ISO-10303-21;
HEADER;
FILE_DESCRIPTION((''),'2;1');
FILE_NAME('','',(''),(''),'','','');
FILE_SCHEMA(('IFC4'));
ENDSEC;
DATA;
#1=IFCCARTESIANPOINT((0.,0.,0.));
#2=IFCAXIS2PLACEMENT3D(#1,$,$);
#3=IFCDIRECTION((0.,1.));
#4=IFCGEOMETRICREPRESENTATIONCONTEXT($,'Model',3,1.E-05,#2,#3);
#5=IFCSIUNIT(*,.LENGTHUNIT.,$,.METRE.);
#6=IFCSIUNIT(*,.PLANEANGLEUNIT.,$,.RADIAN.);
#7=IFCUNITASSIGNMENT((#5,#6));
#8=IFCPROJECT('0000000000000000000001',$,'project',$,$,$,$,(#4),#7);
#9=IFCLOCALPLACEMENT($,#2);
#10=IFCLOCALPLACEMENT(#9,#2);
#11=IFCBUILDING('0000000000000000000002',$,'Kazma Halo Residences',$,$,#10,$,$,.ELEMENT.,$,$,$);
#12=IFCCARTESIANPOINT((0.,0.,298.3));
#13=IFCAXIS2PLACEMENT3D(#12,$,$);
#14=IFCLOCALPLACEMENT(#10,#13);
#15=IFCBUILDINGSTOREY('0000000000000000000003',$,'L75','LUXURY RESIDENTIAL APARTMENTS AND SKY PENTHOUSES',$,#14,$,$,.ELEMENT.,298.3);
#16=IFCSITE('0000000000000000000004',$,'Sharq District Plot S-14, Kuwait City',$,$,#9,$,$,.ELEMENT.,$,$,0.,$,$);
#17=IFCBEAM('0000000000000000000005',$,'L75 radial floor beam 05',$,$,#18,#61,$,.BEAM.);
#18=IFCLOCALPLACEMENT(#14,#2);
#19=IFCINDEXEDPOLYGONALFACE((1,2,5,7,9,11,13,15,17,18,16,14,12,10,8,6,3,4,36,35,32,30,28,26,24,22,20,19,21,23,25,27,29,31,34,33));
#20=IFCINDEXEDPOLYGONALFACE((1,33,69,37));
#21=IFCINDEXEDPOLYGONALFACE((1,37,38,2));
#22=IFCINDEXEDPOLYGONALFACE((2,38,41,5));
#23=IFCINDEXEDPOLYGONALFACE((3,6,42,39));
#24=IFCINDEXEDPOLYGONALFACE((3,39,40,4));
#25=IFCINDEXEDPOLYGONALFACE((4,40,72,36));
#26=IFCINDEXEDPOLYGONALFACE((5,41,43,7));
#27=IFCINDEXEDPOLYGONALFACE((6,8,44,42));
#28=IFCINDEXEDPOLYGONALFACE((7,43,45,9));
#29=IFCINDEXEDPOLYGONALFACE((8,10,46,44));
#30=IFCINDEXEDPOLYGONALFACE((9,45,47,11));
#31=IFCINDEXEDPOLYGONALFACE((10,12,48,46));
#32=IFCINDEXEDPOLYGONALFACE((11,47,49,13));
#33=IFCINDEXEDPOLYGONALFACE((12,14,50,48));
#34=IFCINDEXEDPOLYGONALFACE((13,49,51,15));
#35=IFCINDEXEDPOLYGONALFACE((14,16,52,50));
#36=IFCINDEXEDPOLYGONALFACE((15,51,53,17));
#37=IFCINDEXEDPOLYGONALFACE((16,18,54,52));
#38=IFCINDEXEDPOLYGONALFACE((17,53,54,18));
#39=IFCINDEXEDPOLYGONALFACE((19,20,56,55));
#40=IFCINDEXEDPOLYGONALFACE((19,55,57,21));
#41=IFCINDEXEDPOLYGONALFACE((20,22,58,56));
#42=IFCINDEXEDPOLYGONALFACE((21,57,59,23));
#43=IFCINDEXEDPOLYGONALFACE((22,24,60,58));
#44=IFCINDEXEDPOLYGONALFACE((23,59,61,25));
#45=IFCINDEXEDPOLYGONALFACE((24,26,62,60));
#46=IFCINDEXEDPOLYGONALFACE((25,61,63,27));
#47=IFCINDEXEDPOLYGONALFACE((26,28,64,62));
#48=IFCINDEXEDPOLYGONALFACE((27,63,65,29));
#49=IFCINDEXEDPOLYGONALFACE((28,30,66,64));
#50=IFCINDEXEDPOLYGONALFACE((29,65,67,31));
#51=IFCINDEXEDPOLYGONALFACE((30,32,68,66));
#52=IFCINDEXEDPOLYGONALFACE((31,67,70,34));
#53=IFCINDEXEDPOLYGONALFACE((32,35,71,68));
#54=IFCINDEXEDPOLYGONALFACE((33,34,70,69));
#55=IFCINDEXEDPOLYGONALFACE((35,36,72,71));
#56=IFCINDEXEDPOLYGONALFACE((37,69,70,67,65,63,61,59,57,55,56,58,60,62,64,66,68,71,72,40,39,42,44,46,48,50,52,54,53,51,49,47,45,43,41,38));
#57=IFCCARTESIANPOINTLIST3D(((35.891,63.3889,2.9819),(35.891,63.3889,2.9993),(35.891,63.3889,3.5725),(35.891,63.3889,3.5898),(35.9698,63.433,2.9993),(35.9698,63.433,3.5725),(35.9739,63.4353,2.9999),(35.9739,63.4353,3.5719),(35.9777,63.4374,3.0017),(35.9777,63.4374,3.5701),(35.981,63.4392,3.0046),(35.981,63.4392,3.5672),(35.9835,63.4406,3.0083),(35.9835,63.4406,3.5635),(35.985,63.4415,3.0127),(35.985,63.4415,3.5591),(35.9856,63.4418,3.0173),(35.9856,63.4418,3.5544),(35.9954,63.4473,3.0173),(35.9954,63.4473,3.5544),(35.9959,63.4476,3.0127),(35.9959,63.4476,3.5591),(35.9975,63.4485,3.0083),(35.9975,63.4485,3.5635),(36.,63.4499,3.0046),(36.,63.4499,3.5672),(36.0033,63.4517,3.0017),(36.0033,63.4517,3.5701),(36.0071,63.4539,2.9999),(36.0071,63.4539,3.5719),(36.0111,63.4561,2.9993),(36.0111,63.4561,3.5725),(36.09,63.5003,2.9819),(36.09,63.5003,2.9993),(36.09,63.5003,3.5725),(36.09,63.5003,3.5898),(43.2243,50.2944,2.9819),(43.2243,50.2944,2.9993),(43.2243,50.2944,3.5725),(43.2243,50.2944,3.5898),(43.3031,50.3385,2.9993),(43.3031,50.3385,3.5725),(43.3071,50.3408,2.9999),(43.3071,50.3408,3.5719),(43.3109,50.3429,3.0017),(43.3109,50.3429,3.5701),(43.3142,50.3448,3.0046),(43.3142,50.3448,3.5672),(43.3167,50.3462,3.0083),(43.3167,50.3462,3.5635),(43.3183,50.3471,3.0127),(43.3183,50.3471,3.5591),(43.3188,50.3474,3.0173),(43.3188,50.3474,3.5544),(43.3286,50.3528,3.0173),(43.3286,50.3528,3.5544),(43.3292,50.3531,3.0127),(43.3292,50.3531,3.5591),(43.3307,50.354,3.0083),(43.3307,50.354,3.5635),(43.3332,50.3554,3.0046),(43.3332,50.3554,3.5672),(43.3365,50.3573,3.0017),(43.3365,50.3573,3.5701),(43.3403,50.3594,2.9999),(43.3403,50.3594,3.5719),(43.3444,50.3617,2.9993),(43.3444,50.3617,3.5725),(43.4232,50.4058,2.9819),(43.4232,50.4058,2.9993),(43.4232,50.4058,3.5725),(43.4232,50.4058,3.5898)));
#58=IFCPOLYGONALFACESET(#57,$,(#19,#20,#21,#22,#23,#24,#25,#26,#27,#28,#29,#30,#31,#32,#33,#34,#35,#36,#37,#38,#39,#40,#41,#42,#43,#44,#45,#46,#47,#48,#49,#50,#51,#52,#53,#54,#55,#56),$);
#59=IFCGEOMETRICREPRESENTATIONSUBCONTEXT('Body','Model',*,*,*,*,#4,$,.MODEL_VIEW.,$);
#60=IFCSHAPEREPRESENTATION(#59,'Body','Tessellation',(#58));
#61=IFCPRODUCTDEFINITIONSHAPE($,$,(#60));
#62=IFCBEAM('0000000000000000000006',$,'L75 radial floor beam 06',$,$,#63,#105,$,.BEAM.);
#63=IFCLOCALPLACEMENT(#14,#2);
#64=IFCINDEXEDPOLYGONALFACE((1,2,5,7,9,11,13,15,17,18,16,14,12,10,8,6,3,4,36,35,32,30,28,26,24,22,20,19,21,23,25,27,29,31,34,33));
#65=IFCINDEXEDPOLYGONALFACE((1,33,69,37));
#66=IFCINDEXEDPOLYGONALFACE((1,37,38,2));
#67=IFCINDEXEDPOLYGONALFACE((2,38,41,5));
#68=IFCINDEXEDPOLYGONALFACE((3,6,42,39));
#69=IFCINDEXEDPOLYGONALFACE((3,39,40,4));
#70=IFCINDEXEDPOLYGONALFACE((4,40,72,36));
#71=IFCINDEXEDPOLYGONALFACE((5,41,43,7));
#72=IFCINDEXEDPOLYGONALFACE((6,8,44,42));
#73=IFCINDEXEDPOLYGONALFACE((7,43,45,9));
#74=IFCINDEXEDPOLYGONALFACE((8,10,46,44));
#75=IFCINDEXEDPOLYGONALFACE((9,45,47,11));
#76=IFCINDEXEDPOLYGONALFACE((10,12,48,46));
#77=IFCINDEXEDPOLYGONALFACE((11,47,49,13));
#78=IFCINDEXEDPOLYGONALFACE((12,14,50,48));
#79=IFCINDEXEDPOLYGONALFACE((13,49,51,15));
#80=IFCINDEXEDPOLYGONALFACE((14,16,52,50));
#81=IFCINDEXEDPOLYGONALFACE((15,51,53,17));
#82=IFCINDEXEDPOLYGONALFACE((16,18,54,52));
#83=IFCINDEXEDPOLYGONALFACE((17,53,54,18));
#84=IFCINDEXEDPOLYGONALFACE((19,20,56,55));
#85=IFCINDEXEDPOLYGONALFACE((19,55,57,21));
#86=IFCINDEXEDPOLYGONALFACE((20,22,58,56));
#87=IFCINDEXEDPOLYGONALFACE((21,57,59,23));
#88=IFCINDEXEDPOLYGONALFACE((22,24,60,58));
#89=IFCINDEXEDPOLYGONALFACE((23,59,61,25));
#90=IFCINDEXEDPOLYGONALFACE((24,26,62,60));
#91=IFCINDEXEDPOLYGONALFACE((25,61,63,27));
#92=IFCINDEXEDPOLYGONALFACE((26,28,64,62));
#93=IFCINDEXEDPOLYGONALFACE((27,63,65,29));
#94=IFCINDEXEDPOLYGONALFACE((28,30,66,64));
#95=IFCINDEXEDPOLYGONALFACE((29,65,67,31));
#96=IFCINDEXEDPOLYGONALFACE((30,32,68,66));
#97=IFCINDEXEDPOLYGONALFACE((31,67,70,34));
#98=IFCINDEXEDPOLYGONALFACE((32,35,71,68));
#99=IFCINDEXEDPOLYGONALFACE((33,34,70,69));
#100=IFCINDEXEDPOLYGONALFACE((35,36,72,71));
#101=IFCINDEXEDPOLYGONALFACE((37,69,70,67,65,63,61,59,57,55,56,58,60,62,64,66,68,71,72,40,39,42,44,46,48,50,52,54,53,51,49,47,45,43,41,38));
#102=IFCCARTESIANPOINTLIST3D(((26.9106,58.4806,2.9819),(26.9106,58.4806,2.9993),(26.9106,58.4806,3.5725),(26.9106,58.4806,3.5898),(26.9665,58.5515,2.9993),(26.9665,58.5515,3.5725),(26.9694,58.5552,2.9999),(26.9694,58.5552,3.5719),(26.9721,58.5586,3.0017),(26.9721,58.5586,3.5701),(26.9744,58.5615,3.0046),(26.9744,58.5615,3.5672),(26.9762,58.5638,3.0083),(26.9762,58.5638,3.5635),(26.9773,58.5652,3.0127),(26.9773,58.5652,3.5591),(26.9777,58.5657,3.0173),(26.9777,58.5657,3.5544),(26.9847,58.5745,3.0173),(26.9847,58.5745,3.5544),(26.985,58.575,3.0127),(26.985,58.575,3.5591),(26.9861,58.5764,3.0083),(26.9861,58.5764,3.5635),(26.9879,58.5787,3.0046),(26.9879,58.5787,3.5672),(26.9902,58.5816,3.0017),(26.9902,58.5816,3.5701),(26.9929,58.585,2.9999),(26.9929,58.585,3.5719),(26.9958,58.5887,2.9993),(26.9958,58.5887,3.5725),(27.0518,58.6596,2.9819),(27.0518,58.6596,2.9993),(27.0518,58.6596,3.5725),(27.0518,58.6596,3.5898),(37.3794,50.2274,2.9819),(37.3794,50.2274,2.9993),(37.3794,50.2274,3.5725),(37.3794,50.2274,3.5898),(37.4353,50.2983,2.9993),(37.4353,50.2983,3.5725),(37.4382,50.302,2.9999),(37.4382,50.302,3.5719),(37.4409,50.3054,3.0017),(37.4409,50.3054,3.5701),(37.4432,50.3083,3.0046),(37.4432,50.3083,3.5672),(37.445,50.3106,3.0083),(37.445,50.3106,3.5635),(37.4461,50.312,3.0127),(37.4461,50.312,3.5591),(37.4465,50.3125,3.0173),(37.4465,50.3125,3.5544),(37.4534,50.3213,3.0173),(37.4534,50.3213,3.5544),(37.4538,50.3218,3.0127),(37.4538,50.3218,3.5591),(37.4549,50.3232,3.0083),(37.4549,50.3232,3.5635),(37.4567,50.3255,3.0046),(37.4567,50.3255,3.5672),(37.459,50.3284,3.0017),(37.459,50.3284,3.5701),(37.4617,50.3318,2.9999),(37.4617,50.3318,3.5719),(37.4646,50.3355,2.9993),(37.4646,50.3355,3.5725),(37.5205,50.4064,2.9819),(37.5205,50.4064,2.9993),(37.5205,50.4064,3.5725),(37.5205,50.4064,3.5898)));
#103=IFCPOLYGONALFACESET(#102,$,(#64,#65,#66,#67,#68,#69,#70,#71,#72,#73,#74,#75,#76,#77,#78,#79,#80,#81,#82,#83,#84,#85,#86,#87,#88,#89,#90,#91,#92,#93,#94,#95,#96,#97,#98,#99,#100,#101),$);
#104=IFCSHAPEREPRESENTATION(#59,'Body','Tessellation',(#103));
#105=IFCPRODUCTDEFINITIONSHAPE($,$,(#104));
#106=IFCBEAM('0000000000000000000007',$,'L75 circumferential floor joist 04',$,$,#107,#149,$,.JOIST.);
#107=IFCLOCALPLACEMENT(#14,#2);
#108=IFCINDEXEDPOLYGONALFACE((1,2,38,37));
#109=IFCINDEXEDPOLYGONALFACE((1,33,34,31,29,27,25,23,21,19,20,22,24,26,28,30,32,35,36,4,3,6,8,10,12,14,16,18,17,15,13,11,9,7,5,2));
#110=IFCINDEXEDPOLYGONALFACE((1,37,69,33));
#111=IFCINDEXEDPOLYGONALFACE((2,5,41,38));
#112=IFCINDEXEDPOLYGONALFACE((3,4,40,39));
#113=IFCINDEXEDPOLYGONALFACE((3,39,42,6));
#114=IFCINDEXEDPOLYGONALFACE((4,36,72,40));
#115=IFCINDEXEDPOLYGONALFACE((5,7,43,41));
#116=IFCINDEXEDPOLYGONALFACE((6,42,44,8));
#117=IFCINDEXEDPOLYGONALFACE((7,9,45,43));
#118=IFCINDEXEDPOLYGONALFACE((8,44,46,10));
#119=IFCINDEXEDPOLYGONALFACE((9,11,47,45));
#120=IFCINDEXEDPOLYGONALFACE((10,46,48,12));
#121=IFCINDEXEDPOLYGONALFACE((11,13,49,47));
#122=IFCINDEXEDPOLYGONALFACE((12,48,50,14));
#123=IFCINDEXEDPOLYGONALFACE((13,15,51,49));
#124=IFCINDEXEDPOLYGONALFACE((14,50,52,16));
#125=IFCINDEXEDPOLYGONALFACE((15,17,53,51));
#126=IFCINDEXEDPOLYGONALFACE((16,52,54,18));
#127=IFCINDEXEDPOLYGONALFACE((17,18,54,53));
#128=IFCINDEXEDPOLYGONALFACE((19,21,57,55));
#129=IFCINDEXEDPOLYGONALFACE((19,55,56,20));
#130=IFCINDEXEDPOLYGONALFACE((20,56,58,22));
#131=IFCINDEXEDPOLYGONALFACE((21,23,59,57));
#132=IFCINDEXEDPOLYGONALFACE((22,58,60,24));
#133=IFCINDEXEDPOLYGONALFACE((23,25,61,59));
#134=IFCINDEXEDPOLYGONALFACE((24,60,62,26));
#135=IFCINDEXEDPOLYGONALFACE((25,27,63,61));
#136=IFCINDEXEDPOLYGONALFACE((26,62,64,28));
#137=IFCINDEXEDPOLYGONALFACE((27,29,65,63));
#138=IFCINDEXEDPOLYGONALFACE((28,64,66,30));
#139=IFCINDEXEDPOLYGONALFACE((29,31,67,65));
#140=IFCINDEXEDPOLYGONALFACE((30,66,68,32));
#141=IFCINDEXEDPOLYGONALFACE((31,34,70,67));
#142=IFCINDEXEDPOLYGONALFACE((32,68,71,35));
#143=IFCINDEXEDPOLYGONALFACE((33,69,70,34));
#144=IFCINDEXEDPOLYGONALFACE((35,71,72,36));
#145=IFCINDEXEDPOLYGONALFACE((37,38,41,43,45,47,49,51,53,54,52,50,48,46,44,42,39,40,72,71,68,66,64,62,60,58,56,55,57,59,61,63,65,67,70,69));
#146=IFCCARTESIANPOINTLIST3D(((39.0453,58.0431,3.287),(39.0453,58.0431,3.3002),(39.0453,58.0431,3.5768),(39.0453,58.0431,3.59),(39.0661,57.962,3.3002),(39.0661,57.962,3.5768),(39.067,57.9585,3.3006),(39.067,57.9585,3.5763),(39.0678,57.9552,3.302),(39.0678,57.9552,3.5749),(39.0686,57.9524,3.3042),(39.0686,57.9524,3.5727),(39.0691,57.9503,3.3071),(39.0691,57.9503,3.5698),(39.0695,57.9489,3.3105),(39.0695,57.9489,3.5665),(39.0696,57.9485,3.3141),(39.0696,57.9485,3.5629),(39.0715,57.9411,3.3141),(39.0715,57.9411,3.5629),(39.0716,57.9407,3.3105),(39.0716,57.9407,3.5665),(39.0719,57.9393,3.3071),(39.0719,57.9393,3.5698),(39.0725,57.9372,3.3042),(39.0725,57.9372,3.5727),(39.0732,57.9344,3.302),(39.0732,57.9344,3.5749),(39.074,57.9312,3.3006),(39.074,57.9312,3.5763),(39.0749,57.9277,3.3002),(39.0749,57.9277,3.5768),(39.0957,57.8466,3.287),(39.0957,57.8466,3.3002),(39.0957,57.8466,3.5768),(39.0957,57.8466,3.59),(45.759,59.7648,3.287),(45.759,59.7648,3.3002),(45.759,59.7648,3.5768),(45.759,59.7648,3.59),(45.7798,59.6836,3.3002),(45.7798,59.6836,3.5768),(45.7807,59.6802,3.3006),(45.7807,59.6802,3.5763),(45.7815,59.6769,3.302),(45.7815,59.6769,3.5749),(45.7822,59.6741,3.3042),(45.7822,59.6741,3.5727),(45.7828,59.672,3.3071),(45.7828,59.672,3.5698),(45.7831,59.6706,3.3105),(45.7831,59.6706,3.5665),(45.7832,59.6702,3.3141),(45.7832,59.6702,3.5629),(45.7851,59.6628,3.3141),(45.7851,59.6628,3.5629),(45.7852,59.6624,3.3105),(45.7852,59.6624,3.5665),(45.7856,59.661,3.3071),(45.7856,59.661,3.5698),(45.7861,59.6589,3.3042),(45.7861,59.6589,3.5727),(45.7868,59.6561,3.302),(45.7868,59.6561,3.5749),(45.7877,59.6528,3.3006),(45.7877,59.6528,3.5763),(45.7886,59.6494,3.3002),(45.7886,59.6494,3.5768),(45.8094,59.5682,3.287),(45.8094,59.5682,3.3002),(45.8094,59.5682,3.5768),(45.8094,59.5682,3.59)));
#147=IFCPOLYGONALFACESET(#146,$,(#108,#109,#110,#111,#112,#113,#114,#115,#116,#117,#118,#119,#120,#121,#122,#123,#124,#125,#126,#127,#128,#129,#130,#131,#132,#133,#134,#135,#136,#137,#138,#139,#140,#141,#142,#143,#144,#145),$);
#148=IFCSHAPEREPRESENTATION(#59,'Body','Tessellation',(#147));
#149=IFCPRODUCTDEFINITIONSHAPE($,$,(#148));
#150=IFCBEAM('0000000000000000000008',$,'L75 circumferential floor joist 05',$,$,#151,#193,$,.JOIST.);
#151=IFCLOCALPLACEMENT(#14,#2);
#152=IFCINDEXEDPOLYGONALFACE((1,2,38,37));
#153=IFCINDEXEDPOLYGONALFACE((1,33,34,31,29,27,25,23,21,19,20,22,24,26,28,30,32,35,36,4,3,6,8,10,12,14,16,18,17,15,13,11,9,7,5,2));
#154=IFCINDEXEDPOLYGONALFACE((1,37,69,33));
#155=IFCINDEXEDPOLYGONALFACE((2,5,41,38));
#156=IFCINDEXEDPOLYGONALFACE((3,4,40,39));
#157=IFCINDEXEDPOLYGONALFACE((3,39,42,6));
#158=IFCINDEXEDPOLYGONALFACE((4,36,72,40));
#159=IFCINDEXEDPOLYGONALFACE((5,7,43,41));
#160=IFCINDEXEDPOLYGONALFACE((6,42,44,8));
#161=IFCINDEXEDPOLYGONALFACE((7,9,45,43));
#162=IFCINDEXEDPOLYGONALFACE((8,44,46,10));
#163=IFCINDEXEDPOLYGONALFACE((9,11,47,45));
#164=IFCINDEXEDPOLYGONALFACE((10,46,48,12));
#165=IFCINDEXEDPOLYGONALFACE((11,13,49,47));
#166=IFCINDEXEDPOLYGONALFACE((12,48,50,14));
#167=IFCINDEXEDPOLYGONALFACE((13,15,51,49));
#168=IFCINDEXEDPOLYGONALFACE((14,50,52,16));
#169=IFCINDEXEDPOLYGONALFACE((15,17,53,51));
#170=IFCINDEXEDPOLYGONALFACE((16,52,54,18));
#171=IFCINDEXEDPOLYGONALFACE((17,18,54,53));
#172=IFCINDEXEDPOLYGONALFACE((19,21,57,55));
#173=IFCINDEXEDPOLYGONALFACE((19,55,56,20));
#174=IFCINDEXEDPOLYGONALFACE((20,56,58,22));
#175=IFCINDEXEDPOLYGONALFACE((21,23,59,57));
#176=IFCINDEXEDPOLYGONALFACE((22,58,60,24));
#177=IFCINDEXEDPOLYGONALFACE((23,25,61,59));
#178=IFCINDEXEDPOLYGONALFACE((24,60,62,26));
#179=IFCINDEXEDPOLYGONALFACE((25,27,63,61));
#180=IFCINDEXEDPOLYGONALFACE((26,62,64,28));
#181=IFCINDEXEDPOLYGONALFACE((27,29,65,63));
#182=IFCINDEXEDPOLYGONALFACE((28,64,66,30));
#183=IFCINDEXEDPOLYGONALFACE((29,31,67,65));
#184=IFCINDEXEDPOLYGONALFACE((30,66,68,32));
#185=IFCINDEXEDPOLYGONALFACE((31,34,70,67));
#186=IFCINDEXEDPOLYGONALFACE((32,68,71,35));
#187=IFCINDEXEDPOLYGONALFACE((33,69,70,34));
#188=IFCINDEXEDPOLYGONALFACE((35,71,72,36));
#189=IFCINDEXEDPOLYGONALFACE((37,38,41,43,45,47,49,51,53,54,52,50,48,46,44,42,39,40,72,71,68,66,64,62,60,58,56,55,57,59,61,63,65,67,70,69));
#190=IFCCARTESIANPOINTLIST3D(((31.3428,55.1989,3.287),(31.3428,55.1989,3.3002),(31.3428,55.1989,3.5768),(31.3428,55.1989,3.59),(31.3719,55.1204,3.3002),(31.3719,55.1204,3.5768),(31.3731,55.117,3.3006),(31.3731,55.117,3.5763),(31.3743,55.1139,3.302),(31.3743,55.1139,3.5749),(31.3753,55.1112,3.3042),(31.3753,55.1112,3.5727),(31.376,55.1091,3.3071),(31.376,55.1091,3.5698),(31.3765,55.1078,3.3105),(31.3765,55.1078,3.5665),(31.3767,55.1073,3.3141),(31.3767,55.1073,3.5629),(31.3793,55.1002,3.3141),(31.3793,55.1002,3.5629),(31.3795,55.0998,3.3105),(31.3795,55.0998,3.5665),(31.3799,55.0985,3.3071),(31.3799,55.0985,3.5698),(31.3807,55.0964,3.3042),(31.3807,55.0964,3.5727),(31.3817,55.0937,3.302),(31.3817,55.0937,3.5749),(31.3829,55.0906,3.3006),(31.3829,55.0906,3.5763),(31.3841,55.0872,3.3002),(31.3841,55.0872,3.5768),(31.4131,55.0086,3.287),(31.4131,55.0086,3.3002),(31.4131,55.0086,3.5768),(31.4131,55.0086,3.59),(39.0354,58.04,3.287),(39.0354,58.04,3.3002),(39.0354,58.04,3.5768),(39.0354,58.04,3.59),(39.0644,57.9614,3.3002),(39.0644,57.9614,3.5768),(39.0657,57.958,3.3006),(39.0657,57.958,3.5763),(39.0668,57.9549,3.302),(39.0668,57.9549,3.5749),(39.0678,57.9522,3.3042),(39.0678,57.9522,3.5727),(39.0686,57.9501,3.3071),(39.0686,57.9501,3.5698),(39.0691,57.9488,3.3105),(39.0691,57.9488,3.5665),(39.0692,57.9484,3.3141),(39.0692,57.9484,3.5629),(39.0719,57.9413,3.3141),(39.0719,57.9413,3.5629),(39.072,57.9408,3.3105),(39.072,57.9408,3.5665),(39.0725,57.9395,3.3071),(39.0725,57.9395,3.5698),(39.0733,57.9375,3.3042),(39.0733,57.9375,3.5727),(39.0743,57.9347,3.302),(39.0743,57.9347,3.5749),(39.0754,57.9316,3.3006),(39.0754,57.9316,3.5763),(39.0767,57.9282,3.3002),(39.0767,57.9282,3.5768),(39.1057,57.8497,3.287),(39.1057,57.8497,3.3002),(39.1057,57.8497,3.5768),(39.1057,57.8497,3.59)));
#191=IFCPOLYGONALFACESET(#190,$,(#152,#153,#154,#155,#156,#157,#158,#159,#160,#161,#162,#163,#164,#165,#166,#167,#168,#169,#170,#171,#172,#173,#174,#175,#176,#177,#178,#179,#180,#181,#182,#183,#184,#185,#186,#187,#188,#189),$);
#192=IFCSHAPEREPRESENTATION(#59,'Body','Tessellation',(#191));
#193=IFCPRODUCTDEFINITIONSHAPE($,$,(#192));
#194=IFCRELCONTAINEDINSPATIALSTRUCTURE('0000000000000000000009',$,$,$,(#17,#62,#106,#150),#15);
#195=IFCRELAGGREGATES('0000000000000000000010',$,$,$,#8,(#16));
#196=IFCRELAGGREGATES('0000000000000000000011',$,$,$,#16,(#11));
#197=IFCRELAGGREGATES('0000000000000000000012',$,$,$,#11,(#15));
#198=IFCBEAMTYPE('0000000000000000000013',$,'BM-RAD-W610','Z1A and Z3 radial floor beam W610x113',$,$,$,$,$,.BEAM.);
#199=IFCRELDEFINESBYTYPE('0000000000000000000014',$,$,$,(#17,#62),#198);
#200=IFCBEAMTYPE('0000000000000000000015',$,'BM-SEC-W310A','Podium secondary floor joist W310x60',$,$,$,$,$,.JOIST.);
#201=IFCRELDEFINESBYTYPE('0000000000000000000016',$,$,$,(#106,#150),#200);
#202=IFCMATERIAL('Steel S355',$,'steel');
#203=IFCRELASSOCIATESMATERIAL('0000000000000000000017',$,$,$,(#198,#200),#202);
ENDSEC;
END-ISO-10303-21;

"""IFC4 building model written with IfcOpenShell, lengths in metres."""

from ifc_helpers import new_model, si_unit, direction, frame, origin, origin_2d, place, context, subcontext, project, spatial, i_section, extrude, material, material_profile, profile_set, type_object, element, save


model = new_model("IFC4")

# Units and contexts
model_context = context("Model", 3, precision=1e-05, world=origin(), true_north=direction((0.0, 1.0)))
body_context = subcontext(model_context, "Body", "Model", "MODEL_VIEW")
ifc_project = project(units=[si_unit("LENGTHUNIT", "METRE"), si_unit("PLANEANGLEUNIT", "RADIAN")], contexts=[model_context])

# Site, building, storey
site_placement = place(None, origin())
site = spatial("IfcSite", under=ifc_project, at=site_placement, Name="Sharq District Plot S-14, Kuwait City", CompositionType="ELEMENT", RefElevation=0.0)
building_placement = place(site_placement, origin())
building = spatial("IfcBuilding", under=site, at=building_placement, Name="Kazma Halo Residences", CompositionType="ELEMENT")
storey_placement = place(building_placement, frame((0.0, 0.0, 298.3)))
storey = spatial("IfcBuildingStorey", under=building, at=storey_placement, Name="L75", Description="LUXURY RESIDENTIAL APARTMENTS AND SKY PENTHOUSES", CompositionType="ELEMENT", Elevation=298.3)

# Beams
ifc_material_1 = material(Name="Steel S355", Category="steel")
ifc_material_profile_1 = material_profile(ifc_material_1, i_section(OverallWidth=0.228, OverallDepth=0.6079, WebThickness=0.0112, FlangeThickness=0.0173, FilletRadius=0.0181, at=origin_2d()), Name="W610x113")
ifc_profile_set_1 = profile_set([ifc_material_profile_1], Name="Steel S355")
beam_type_1 = type_object("IfcBeamType", Name="BM-RAD-W610", Description="Z1A and Z3 radial floor beam W610x113", PredefinedType="BEAM", material=ifc_profile_set_1)
beam_1_placement = place(storey_placement, frame((43.3237, 50.3501, 3.2859), z_axis=(-0.488621, 0.872496, 0.0), x_axis=(-0.872496, -0.488621, 0.0)))
element("IfcBeam", 1, at=beam_1_placement, inside=storey, type_object=beam_type_1, Name="L75 radial floor beam 05", PredefinedType="BEAM", context=body_context, shape_type="SweptSolid", body=[
    extrude(i_section(OverallWidth=0.228, OverallDepth=0.6079, WebThickness=0.0112, FlangeThickness=0.0173, FilletRadius=0.0181, at=origin_2d()), origin(), (0.0, 0.0, 1.0), 15.0081),
])
beam_2_placement = place(storey_placement, frame((37.45, 50.3169, 3.2859), z_axis=(-0.785307, 0.619107, 0.0), x_axis=(-0.619107, -0.785307, 0.0)))
element("IfcBeam", 2, at=beam_2_placement, inside=storey, type_object=beam_type_1, Name="L75 radial floor beam 06", PredefinedType="BEAM", context=body_context, shape_type="SweptSolid", body=[
    extrude(i_section(OverallWidth=0.228, OverallDepth=0.6079, WebThickness=0.0112, FlangeThickness=0.0173, FilletRadius=0.0181, at=origin_2d()), origin(), (0.0, 0.0, 1.0), 13.3308),
])
ifc_material_profile_2 = material_profile(ifc_material_1, i_section(OverallWidth=0.2029, OverallDepth=0.303, WebThickness=0.0076, FlangeThickness=0.0132, FilletRadius=0.0139, at=origin_2d()), Name="W310x60")
ifc_profile_set_2 = profile_set([ifc_material_profile_2], Name="Steel S355")
beam_type_2 = type_object("IfcBeamType", Name="BM-SEC-W310A", Description="Podium secondary floor joist W310x60", PredefinedType="JOIST", material=ifc_profile_set_2)
beam_3_placement = place(storey_placement, frame((45.7842, 59.6665, 3.4385), z_axis=(-0.968656, -0.248408, 0.0), x_axis=(0.248408, -0.968656, 0.0)))
element("IfcBeam", 3, at=beam_3_placement, inside=storey, type_object=beam_type_2, Name="L75 circumferential floor joist 04", PredefinedType="JOIST", context=body_context, shape_type="SweptSolid", body=[
    extrude(i_section(OverallWidth=0.2029, OverallDepth=0.303, WebThickness=0.0076, FlangeThickness=0.0132, FilletRadius=0.0139, at=origin_2d()), origin(), (0.0, 0.0, 1.0), 6.9309),
])
beam_4_placement = place(storey_placement, frame((39.0706, 57.9448, 3.4385), z_axis=(-0.938068, -0.34645, 0.0), x_axis=(0.34645, -0.938068, 0.0)))
element("IfcBeam", 4, at=beam_4_placement, inside=storey, type_object=beam_type_2, Name="L75 circumferential floor joist 05", PredefinedType="JOIST", context=body_context, shape_type="SweptSolid", body=[
    extrude(i_section(OverallWidth=0.2029, OverallDepth=0.303, WebThickness=0.0076, FlangeThickness=0.0132, FilletRadius=0.0139, at=origin_2d()), origin(), (0.0, 0.0, 1.0), 8.2004),
])

save(model, "model.ifc")
